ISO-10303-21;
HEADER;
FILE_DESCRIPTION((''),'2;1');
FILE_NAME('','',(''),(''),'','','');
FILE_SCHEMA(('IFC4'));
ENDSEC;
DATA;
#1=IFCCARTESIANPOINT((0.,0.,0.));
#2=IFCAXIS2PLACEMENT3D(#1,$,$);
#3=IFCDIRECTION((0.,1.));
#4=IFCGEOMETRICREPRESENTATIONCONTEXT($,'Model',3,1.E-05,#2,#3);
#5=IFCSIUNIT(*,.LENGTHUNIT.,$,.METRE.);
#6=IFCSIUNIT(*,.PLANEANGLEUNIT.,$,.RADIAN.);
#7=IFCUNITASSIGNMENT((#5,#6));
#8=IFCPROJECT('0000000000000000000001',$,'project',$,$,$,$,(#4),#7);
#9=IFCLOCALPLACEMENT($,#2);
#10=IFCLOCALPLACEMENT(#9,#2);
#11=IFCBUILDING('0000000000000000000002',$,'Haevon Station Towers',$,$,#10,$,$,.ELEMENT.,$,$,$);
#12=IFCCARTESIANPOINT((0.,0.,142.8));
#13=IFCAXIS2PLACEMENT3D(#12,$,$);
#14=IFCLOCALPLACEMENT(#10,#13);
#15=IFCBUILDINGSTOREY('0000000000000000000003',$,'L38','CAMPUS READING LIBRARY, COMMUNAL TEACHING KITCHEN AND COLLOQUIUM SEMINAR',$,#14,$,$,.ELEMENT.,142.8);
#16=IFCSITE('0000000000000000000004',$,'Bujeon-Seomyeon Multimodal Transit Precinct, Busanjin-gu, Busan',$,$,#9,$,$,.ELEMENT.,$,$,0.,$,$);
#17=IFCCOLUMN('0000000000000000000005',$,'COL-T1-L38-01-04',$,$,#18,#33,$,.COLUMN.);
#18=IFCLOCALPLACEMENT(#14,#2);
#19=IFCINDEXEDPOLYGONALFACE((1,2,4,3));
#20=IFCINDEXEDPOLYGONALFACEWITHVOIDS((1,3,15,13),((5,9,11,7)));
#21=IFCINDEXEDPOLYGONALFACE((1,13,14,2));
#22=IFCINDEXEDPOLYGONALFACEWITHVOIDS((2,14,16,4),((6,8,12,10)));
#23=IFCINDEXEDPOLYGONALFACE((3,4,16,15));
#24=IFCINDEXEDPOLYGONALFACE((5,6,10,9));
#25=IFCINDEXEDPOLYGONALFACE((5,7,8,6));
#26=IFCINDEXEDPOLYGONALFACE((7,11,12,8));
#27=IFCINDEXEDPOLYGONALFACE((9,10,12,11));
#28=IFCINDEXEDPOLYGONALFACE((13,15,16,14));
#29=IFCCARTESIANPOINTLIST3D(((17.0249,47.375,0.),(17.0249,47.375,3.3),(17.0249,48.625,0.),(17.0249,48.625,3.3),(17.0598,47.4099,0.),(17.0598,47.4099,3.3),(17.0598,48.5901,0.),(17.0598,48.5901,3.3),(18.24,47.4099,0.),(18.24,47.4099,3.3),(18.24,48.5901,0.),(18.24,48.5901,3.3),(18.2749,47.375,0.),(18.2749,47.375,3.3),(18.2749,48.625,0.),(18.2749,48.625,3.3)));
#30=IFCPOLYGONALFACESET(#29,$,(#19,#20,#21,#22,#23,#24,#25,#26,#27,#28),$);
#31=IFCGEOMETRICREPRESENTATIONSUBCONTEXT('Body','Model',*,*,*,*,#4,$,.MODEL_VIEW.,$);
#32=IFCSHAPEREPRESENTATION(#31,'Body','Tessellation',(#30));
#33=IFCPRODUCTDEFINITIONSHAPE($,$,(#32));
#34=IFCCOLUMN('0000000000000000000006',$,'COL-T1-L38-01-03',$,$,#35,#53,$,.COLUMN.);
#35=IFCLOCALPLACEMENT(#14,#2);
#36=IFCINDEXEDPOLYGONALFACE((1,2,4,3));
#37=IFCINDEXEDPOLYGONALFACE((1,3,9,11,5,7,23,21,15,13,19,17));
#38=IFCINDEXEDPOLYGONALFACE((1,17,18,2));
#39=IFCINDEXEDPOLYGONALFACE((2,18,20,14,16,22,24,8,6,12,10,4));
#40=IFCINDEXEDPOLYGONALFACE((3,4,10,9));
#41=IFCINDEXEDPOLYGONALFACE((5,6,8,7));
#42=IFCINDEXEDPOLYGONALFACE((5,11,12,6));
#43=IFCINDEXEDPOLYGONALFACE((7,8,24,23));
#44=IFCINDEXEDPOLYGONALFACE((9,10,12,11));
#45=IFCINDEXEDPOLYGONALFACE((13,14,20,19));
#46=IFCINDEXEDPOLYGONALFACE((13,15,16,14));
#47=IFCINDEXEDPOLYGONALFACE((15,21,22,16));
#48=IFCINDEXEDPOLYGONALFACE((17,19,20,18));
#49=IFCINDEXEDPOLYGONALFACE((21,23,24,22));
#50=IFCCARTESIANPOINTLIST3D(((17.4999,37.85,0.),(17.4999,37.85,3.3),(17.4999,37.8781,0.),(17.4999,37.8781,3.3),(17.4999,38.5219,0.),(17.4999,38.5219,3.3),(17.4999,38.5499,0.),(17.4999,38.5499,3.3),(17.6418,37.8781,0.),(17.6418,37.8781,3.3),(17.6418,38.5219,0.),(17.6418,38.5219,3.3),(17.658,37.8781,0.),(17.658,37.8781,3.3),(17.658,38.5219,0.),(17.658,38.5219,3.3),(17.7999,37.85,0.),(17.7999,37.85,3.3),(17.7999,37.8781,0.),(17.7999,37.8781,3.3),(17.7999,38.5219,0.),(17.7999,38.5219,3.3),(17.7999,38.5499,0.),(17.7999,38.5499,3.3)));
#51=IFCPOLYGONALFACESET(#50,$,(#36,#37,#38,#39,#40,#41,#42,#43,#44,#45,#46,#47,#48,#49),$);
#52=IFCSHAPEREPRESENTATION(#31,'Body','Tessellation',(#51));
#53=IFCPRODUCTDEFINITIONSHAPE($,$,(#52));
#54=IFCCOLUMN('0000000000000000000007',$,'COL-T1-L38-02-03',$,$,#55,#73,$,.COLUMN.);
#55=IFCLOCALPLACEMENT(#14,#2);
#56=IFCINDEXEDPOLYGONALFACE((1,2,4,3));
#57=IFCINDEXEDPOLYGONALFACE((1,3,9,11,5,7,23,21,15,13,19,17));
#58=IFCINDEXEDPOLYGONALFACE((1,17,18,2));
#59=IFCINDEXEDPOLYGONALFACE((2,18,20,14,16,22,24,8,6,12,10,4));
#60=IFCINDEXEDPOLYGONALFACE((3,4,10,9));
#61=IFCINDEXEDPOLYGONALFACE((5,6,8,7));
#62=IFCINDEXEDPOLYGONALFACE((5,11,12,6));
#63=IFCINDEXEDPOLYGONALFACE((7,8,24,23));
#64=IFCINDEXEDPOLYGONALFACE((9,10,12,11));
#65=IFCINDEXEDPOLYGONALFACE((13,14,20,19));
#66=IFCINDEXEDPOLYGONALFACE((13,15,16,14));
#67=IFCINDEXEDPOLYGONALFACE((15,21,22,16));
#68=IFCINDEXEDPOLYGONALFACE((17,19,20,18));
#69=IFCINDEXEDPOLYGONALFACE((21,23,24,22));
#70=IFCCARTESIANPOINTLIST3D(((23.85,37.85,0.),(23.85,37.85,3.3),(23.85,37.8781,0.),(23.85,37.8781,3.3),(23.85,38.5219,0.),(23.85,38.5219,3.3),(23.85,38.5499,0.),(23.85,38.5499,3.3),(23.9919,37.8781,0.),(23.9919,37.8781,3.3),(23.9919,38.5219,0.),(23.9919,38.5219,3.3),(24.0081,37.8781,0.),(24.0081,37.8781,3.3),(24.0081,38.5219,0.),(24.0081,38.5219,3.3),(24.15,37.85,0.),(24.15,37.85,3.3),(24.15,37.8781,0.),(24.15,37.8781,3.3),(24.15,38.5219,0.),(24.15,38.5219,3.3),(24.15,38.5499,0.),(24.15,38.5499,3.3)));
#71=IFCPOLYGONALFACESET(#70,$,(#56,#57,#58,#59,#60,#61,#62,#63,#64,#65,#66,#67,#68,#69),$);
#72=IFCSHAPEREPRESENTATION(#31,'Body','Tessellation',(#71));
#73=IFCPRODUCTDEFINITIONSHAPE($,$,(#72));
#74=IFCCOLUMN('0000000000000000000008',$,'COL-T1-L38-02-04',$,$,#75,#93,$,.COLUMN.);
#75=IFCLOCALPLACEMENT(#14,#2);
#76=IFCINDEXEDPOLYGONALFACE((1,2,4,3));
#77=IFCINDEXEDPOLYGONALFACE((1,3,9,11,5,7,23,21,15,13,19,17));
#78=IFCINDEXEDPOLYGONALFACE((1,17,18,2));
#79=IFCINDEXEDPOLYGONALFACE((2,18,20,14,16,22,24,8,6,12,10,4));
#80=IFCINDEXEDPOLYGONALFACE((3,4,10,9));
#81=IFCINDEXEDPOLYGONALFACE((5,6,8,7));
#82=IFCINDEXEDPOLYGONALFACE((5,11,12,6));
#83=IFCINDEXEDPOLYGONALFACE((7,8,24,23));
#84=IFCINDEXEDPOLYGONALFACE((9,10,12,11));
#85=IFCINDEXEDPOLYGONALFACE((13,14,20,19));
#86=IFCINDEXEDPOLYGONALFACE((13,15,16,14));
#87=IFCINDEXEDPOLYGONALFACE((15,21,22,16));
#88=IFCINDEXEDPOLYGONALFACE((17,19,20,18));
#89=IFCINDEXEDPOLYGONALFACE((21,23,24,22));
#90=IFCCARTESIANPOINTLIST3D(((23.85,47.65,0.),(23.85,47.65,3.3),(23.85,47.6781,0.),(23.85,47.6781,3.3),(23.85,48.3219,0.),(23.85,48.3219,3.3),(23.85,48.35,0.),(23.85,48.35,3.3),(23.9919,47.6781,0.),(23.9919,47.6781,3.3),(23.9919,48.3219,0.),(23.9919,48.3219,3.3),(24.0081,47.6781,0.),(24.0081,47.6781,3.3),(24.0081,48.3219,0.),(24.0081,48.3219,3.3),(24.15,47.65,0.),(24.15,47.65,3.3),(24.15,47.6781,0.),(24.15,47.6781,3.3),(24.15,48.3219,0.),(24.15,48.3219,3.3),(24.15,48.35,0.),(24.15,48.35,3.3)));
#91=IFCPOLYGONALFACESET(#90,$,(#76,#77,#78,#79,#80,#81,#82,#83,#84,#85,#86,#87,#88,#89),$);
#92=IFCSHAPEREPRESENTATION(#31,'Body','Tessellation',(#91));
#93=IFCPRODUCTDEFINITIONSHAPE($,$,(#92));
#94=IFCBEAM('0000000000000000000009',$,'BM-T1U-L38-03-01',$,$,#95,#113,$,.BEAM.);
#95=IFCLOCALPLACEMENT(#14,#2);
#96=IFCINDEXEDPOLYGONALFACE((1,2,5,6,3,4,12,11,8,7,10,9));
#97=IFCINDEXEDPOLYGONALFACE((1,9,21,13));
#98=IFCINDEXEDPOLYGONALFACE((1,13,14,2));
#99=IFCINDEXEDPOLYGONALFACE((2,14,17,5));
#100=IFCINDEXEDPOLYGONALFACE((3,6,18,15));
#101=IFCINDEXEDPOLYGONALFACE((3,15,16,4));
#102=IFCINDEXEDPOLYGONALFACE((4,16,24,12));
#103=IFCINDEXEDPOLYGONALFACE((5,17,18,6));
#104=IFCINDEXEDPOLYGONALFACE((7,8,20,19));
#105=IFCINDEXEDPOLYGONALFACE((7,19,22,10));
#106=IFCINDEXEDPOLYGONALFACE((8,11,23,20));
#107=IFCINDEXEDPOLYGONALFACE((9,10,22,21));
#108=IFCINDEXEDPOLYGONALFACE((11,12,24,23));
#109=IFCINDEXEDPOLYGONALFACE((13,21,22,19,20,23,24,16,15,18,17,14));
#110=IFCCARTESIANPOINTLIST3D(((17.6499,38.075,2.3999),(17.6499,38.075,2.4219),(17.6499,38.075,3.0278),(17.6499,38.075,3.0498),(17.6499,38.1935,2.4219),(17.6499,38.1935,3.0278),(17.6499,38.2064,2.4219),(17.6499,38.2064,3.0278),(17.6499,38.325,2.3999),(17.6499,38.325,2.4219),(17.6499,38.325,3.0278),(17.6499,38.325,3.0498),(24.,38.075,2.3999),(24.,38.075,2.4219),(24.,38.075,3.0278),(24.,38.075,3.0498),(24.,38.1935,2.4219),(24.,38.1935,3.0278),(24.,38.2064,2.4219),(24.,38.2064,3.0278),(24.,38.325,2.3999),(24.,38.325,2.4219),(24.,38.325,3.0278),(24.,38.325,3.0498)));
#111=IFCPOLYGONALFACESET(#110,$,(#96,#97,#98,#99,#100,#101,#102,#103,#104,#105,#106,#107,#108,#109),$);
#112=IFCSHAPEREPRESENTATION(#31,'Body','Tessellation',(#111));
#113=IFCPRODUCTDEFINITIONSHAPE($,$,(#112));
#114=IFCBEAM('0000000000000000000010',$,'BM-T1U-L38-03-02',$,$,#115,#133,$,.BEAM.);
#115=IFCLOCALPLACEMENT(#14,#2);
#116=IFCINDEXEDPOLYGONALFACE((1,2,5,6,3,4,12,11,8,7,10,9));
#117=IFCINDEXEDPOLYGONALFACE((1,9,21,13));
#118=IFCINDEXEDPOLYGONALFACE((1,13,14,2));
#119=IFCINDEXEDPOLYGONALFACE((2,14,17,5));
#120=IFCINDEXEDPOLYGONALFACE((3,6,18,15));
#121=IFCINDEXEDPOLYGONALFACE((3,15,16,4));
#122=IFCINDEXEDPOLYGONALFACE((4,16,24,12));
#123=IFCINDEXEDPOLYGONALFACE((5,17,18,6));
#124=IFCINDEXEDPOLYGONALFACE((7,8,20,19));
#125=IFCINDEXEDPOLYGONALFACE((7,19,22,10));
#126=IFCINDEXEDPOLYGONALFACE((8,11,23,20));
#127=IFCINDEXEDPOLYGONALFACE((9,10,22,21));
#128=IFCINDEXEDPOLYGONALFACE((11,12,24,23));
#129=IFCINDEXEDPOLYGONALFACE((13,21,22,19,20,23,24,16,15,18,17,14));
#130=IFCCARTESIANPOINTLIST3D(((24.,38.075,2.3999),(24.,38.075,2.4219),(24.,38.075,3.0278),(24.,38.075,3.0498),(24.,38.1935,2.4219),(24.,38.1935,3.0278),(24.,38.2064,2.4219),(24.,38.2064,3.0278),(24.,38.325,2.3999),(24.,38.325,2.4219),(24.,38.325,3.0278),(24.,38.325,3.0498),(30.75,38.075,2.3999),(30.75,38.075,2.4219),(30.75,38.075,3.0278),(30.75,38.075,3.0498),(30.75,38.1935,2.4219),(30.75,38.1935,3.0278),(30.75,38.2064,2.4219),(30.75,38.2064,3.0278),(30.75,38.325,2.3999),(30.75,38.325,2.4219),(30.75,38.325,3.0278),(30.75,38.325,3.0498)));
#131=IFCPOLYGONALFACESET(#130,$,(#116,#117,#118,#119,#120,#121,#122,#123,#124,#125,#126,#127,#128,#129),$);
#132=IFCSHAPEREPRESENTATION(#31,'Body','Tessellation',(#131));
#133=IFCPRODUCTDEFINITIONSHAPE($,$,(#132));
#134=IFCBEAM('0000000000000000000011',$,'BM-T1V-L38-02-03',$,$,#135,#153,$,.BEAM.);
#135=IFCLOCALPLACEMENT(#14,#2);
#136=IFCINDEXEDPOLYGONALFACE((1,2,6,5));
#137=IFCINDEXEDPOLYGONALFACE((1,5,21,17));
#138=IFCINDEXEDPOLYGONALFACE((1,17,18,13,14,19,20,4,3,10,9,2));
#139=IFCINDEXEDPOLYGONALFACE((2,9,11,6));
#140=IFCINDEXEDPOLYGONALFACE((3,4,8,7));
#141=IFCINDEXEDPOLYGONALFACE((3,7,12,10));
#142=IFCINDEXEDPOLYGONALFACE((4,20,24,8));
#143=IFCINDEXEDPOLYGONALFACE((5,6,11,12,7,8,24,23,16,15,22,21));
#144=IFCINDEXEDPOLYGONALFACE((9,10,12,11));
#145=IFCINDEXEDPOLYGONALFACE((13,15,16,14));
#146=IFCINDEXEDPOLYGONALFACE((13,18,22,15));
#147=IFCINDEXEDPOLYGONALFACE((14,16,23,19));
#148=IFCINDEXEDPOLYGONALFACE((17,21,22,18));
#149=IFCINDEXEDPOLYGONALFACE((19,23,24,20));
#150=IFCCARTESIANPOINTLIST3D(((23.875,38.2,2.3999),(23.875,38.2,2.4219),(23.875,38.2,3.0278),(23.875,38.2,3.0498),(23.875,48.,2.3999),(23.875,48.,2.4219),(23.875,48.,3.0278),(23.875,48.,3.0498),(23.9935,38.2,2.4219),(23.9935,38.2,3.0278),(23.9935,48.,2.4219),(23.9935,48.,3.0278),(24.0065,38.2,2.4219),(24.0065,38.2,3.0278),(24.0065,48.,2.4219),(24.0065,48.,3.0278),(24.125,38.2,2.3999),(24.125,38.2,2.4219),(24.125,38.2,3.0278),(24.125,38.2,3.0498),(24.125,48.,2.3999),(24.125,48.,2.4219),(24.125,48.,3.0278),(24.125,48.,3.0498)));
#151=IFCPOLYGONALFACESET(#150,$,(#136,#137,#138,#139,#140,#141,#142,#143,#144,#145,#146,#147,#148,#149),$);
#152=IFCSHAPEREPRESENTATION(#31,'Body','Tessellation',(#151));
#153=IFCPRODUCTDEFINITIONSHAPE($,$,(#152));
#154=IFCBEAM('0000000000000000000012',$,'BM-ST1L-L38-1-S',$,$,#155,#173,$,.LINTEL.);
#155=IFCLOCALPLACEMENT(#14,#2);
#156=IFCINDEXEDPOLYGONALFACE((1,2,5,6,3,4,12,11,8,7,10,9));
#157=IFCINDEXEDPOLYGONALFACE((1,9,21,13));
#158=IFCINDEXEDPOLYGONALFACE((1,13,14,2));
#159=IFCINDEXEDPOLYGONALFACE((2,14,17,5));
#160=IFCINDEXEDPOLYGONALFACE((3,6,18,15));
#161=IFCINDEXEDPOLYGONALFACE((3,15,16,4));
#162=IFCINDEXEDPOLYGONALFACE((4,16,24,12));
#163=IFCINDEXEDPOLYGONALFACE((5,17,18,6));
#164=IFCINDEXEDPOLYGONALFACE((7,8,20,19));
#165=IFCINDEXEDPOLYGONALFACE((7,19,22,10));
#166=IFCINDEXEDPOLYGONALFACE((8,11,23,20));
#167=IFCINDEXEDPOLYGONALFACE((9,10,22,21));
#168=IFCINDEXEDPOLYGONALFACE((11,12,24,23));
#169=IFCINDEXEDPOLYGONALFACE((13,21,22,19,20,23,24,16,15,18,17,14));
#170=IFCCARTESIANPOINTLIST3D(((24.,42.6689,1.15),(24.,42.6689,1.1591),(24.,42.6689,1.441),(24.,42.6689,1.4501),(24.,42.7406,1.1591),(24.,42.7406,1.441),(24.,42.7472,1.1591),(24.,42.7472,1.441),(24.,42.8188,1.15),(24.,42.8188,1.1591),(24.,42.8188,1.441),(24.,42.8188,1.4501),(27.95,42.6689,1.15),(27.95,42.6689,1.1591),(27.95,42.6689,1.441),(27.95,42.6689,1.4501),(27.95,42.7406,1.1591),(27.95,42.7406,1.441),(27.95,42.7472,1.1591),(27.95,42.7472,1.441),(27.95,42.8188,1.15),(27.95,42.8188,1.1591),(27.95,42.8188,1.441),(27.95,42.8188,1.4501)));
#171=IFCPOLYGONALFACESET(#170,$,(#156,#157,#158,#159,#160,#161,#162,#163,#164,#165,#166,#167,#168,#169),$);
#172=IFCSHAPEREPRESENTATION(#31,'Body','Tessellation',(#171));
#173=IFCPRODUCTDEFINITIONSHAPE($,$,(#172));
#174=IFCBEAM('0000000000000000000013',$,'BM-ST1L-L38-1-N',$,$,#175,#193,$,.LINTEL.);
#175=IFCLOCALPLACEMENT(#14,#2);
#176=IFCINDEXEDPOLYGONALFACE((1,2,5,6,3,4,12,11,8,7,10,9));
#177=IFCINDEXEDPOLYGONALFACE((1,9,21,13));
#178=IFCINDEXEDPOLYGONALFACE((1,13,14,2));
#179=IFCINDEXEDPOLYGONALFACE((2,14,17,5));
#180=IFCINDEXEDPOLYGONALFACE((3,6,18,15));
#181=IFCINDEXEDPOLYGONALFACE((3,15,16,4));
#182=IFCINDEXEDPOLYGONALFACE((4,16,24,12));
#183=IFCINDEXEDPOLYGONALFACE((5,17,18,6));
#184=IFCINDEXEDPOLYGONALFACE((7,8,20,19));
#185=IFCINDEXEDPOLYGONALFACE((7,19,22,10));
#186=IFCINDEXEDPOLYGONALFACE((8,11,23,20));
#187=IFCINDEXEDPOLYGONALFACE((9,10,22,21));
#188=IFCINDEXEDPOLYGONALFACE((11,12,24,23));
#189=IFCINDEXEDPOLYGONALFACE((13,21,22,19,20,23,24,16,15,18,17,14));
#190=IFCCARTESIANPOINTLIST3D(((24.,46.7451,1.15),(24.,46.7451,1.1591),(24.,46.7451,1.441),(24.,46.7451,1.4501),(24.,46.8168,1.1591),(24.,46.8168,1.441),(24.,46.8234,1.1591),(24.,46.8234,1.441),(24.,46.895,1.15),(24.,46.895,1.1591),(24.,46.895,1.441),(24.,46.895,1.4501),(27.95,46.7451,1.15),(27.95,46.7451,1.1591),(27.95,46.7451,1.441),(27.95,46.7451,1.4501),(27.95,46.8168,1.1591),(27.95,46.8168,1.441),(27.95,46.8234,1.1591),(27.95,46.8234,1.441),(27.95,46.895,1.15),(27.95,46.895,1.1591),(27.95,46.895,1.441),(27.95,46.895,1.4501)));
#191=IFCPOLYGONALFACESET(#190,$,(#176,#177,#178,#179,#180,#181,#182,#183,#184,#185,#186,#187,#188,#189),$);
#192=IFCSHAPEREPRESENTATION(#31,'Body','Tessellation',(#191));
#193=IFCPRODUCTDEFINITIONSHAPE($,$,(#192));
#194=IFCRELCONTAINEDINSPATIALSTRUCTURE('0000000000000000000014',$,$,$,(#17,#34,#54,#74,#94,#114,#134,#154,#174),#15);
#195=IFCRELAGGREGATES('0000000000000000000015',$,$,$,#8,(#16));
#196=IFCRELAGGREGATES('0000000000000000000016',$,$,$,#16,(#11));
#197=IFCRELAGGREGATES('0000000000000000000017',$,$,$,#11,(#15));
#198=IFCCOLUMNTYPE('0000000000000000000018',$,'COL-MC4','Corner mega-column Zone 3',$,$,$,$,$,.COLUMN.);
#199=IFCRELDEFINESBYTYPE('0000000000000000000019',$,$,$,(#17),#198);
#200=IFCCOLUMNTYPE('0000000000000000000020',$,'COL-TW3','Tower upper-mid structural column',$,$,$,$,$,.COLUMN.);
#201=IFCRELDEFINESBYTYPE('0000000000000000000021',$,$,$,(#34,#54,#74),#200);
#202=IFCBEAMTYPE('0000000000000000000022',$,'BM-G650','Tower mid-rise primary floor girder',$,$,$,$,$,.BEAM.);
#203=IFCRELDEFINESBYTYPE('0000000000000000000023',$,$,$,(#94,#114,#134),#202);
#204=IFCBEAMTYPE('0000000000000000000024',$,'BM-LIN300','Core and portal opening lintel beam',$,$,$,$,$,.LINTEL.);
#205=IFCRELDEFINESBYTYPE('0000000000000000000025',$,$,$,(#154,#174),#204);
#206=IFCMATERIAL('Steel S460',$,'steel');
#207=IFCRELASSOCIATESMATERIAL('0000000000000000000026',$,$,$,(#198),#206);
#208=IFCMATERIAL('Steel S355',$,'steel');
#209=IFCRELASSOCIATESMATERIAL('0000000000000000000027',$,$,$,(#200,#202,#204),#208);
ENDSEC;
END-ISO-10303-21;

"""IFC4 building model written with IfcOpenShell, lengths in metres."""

from ifc_helpers import new_model, si_unit, direction, frame, origin, origin_2d, place, context, subcontext, project, spatial, hollow_rectangle, i_section, extrude, material, material_profile, profile_set, type_object, element, save


model = new_model("IFC4")

# Units and contexts
model_context = context("Model", 3, precision=1e-05, world=origin(), true_north=direction((0.0, 1.0)))
body_context = subcontext(model_context, "Body", "Model", "MODEL_VIEW")
ifc_project = project(units=[si_unit("LENGTHUNIT", "METRE"), si_unit("PLANEANGLEUNIT", "RADIAN")], contexts=[model_context])

# Site, building, storey
site_placement = place(None, origin())
site = spatial("IfcSite", under=ifc_project, at=site_placement, Name="Bujeon-Seomyeon Multimodal Transit Precinct, Busanjin-gu, Busan", CompositionType="ELEMENT", RefElevation=0.0)
building_placement = place(site_placement, origin())
building = spatial("IfcBuilding", under=site, at=building_placement, Name="Haevon Station Towers", CompositionType="ELEMENT")
storey_placement = place(building_placement, frame((0.0, 0.0, 142.8)))
storey = spatial("IfcBuildingStorey", under=building, at=storey_placement, Name="L38", Description="CAMPUS READING LIBRARY, COMMUNAL TEACHING KITCHEN AND COLLOQUIUM SEMINAR", CompositionType="ELEMENT", Elevation=142.8)

# Columns
ifc_material_1 = material(Name="Steel S460", Category="steel")
ifc_material_profile_1 = material_profile(ifc_material_1, hollow_rectangle(XDim=1.25, YDim=1.25, WallThickness=0.0349, at=origin_2d()), Name="BOX-1250x1250x35")
ifc_profile_set_1 = profile_set([ifc_material_profile_1], Name="Steel S460")
column_type_1 = type_object("IfcColumnType", Name="COL-MC4", Description="Corner mega-column Zone 3", PredefinedType="COLUMN", material=ifc_profile_set_1)
column_placement = place(storey_placement, frame((17.6499, 48.0, 0.0), z_axis=(0.0, 0.0, 1.0), x_axis=(1.0, 0.0, 0.0)))
element("IfcColumn", 1, at=column_placement, inside=storey, type_object=column_type_1, Name="COL-T1-L38-01-04", PredefinedType="COLUMN", context=body_context, shape_type="SweptSolid", body=[
    extrude(hollow_rectangle(XDim=1.25, YDim=1.25, WallThickness=0.0349, at=origin_2d()), origin(), (0.0, 0.0, 1.0), 3.3),
])
ifc_material_2 = material(Name="Steel S355", Category="steel")
ifc_material_profile_2 = material_profile(ifc_material_2, i_section(OverallWidth=0.3, OverallDepth=0.7, WebThickness=0.0161, FlangeThickness=0.0281, at=origin_2d()), Name="H-700x300x16x28")
ifc_profile_set_2 = profile_set([ifc_material_profile_2], Name="Steel S355")
column_type_2 = type_object("IfcColumnType", Name="COL-TW3", Description="Tower upper-mid structural column", PredefinedType="COLUMN", material=ifc_profile_set_2)
for number, where, z_axis, x_axis, name in (
    (2, (17.6499, 38.2, 0.0), (0.0, 0.0, 1.0), (1.0, 0.0, 0.0), "COL-T1-L38-01-03"),
    (3, (24.0, 38.2, 0.0), (0.0, 0.0, 1.0), (1.0, 0.0, 0.0), "COL-T1-L38-02-03"),
    (4, (24.0, 48.0, 0.0), (0.0, 0.0, 1.0), (1.0, 0.0, 0.0), "COL-T1-L38-02-04"),
):
    element("IfcColumn", number, at=place(storey_placement, frame(where, z_axis=z_axis, x_axis=x_axis)), inside=storey, type_object=column_type_2, Name=name, PredefinedType="COLUMN", context=body_context, shape_type="SweptSolid", body=[
        extrude(i_section(OverallWidth=0.3, OverallDepth=0.7, WebThickness=0.0161, FlangeThickness=0.0281, at=origin_2d()), origin(), (0.0, 0.0, 1.0), 3.3),
    ])

# Beams
ifc_material_profile_3 = material_profile(ifc_material_2, i_section(OverallWidth=0.25, OverallDepth=0.6499, WebThickness=0.0129, FlangeThickness=0.022, at=origin_2d()), Name="H-650x250x13x22")
ifc_profile_set_3 = profile_set([ifc_material_profile_3], Name="Steel S355")
beam_type_1 = type_object("IfcBeamType", Name="BM-G650", Description="Tower mid-rise primary floor girder", PredefinedType="BEAM", material=ifc_profile_set_3)
beam_1_placement = place(storey_placement, frame((17.6499, 38.2, 2.7249), z_axis=(1.0, 0.0, 0.0), x_axis=(0.0, 1.0, 0.0)))
element("IfcBeam", 5, at=beam_1_placement, inside=storey, type_object=beam_type_1, Name="BM-T1U-L38-03-01", PredefinedType="BEAM", context=body_context, shape_type="SweptSolid", body=[
    extrude(i_section(OverallWidth=0.25, OverallDepth=0.6499, WebThickness=0.0129, FlangeThickness=0.022, at=origin_2d()), origin(), (0.0, 0.0, 1.0), 6.3501),
])
beam_2_placement = place(storey_placement, frame((24.0, 38.2, 2.7249), z_axis=(1.0, 0.0, 0.0), x_axis=(0.0, 1.0, 0.0)))
element("IfcBeam", 6, at=beam_2_placement, inside=storey, type_object=beam_type_1, Name="BM-T1U-L38-03-02", PredefinedType="BEAM", context=body_context, shape_type="SweptSolid", body=[
    extrude(i_section(OverallWidth=0.25, OverallDepth=0.6499, WebThickness=0.0129, FlangeThickness=0.022, at=origin_2d()), origin(), (0.0, 0.0, 1.0), 6.75),
])
beam_3_placement = place(storey_placement, frame((24.0, 38.2, 2.7249), z_axis=(0.0, 1.0, 0.0), x_axis=(-1.0, 0.0, 0.0)))
element("IfcBeam", 7, at=beam_3_placement, inside=storey, type_object=beam_type_1, Name="BM-T1V-L38-02-03", PredefinedType="BEAM", context=body_context, shape_type="SweptSolid", body=[
    extrude(i_section(OverallWidth=0.25, OverallDepth=0.6499, WebThickness=0.0129, FlangeThickness=0.022, at=origin_2d()), origin(), (0.0, 0.0, 1.0), 9.8),
])
ifc_material_profile_4 = material_profile(ifc_material_2, i_section(OverallWidth=0.1499, OverallDepth=0.3, WebThickness=0.0066, FlangeThickness=0.009, at=origin_2d()), Name="H-300x150x6.5x9")
ifc_profile_set_4 = profile_set([ifc_material_profile_4], Name="Steel S355")
beam_type_2 = type_object("IfcBeamType", Name="BM-LIN300", Description="Core and portal opening lintel beam", PredefinedType="LINTEL", material=ifc_profile_set_4)
for number, where, z_axis, x_axis, name in (
    (8, (24.0, 42.7439, 1.3), (1.0, 0.0, 0.0), (0.0, 1.0, 0.0), "BM-ST1L-L38-1-S"),
    (9, (24.0, 46.8201, 1.3), (1.0, 0.0, 0.0), (0.0, 1.0, 0.0), "BM-ST1L-L38-1-N"),
):
    element("IfcBeam", number, at=place(storey_placement, frame(where, z_axis=z_axis, x_axis=x_axis)), inside=storey, type_object=beam_type_2, Name=name, PredefinedType="LINTEL", context=body_context, shape_type="SweptSolid", body=[
        extrude(i_section(OverallWidth=0.1499, OverallDepth=0.3, WebThickness=0.0066, FlangeThickness=0.009, at=origin_2d()), origin(), (0.0, 0.0, 1.0), 3.95),
    ])

save(model, "model.ifc")
